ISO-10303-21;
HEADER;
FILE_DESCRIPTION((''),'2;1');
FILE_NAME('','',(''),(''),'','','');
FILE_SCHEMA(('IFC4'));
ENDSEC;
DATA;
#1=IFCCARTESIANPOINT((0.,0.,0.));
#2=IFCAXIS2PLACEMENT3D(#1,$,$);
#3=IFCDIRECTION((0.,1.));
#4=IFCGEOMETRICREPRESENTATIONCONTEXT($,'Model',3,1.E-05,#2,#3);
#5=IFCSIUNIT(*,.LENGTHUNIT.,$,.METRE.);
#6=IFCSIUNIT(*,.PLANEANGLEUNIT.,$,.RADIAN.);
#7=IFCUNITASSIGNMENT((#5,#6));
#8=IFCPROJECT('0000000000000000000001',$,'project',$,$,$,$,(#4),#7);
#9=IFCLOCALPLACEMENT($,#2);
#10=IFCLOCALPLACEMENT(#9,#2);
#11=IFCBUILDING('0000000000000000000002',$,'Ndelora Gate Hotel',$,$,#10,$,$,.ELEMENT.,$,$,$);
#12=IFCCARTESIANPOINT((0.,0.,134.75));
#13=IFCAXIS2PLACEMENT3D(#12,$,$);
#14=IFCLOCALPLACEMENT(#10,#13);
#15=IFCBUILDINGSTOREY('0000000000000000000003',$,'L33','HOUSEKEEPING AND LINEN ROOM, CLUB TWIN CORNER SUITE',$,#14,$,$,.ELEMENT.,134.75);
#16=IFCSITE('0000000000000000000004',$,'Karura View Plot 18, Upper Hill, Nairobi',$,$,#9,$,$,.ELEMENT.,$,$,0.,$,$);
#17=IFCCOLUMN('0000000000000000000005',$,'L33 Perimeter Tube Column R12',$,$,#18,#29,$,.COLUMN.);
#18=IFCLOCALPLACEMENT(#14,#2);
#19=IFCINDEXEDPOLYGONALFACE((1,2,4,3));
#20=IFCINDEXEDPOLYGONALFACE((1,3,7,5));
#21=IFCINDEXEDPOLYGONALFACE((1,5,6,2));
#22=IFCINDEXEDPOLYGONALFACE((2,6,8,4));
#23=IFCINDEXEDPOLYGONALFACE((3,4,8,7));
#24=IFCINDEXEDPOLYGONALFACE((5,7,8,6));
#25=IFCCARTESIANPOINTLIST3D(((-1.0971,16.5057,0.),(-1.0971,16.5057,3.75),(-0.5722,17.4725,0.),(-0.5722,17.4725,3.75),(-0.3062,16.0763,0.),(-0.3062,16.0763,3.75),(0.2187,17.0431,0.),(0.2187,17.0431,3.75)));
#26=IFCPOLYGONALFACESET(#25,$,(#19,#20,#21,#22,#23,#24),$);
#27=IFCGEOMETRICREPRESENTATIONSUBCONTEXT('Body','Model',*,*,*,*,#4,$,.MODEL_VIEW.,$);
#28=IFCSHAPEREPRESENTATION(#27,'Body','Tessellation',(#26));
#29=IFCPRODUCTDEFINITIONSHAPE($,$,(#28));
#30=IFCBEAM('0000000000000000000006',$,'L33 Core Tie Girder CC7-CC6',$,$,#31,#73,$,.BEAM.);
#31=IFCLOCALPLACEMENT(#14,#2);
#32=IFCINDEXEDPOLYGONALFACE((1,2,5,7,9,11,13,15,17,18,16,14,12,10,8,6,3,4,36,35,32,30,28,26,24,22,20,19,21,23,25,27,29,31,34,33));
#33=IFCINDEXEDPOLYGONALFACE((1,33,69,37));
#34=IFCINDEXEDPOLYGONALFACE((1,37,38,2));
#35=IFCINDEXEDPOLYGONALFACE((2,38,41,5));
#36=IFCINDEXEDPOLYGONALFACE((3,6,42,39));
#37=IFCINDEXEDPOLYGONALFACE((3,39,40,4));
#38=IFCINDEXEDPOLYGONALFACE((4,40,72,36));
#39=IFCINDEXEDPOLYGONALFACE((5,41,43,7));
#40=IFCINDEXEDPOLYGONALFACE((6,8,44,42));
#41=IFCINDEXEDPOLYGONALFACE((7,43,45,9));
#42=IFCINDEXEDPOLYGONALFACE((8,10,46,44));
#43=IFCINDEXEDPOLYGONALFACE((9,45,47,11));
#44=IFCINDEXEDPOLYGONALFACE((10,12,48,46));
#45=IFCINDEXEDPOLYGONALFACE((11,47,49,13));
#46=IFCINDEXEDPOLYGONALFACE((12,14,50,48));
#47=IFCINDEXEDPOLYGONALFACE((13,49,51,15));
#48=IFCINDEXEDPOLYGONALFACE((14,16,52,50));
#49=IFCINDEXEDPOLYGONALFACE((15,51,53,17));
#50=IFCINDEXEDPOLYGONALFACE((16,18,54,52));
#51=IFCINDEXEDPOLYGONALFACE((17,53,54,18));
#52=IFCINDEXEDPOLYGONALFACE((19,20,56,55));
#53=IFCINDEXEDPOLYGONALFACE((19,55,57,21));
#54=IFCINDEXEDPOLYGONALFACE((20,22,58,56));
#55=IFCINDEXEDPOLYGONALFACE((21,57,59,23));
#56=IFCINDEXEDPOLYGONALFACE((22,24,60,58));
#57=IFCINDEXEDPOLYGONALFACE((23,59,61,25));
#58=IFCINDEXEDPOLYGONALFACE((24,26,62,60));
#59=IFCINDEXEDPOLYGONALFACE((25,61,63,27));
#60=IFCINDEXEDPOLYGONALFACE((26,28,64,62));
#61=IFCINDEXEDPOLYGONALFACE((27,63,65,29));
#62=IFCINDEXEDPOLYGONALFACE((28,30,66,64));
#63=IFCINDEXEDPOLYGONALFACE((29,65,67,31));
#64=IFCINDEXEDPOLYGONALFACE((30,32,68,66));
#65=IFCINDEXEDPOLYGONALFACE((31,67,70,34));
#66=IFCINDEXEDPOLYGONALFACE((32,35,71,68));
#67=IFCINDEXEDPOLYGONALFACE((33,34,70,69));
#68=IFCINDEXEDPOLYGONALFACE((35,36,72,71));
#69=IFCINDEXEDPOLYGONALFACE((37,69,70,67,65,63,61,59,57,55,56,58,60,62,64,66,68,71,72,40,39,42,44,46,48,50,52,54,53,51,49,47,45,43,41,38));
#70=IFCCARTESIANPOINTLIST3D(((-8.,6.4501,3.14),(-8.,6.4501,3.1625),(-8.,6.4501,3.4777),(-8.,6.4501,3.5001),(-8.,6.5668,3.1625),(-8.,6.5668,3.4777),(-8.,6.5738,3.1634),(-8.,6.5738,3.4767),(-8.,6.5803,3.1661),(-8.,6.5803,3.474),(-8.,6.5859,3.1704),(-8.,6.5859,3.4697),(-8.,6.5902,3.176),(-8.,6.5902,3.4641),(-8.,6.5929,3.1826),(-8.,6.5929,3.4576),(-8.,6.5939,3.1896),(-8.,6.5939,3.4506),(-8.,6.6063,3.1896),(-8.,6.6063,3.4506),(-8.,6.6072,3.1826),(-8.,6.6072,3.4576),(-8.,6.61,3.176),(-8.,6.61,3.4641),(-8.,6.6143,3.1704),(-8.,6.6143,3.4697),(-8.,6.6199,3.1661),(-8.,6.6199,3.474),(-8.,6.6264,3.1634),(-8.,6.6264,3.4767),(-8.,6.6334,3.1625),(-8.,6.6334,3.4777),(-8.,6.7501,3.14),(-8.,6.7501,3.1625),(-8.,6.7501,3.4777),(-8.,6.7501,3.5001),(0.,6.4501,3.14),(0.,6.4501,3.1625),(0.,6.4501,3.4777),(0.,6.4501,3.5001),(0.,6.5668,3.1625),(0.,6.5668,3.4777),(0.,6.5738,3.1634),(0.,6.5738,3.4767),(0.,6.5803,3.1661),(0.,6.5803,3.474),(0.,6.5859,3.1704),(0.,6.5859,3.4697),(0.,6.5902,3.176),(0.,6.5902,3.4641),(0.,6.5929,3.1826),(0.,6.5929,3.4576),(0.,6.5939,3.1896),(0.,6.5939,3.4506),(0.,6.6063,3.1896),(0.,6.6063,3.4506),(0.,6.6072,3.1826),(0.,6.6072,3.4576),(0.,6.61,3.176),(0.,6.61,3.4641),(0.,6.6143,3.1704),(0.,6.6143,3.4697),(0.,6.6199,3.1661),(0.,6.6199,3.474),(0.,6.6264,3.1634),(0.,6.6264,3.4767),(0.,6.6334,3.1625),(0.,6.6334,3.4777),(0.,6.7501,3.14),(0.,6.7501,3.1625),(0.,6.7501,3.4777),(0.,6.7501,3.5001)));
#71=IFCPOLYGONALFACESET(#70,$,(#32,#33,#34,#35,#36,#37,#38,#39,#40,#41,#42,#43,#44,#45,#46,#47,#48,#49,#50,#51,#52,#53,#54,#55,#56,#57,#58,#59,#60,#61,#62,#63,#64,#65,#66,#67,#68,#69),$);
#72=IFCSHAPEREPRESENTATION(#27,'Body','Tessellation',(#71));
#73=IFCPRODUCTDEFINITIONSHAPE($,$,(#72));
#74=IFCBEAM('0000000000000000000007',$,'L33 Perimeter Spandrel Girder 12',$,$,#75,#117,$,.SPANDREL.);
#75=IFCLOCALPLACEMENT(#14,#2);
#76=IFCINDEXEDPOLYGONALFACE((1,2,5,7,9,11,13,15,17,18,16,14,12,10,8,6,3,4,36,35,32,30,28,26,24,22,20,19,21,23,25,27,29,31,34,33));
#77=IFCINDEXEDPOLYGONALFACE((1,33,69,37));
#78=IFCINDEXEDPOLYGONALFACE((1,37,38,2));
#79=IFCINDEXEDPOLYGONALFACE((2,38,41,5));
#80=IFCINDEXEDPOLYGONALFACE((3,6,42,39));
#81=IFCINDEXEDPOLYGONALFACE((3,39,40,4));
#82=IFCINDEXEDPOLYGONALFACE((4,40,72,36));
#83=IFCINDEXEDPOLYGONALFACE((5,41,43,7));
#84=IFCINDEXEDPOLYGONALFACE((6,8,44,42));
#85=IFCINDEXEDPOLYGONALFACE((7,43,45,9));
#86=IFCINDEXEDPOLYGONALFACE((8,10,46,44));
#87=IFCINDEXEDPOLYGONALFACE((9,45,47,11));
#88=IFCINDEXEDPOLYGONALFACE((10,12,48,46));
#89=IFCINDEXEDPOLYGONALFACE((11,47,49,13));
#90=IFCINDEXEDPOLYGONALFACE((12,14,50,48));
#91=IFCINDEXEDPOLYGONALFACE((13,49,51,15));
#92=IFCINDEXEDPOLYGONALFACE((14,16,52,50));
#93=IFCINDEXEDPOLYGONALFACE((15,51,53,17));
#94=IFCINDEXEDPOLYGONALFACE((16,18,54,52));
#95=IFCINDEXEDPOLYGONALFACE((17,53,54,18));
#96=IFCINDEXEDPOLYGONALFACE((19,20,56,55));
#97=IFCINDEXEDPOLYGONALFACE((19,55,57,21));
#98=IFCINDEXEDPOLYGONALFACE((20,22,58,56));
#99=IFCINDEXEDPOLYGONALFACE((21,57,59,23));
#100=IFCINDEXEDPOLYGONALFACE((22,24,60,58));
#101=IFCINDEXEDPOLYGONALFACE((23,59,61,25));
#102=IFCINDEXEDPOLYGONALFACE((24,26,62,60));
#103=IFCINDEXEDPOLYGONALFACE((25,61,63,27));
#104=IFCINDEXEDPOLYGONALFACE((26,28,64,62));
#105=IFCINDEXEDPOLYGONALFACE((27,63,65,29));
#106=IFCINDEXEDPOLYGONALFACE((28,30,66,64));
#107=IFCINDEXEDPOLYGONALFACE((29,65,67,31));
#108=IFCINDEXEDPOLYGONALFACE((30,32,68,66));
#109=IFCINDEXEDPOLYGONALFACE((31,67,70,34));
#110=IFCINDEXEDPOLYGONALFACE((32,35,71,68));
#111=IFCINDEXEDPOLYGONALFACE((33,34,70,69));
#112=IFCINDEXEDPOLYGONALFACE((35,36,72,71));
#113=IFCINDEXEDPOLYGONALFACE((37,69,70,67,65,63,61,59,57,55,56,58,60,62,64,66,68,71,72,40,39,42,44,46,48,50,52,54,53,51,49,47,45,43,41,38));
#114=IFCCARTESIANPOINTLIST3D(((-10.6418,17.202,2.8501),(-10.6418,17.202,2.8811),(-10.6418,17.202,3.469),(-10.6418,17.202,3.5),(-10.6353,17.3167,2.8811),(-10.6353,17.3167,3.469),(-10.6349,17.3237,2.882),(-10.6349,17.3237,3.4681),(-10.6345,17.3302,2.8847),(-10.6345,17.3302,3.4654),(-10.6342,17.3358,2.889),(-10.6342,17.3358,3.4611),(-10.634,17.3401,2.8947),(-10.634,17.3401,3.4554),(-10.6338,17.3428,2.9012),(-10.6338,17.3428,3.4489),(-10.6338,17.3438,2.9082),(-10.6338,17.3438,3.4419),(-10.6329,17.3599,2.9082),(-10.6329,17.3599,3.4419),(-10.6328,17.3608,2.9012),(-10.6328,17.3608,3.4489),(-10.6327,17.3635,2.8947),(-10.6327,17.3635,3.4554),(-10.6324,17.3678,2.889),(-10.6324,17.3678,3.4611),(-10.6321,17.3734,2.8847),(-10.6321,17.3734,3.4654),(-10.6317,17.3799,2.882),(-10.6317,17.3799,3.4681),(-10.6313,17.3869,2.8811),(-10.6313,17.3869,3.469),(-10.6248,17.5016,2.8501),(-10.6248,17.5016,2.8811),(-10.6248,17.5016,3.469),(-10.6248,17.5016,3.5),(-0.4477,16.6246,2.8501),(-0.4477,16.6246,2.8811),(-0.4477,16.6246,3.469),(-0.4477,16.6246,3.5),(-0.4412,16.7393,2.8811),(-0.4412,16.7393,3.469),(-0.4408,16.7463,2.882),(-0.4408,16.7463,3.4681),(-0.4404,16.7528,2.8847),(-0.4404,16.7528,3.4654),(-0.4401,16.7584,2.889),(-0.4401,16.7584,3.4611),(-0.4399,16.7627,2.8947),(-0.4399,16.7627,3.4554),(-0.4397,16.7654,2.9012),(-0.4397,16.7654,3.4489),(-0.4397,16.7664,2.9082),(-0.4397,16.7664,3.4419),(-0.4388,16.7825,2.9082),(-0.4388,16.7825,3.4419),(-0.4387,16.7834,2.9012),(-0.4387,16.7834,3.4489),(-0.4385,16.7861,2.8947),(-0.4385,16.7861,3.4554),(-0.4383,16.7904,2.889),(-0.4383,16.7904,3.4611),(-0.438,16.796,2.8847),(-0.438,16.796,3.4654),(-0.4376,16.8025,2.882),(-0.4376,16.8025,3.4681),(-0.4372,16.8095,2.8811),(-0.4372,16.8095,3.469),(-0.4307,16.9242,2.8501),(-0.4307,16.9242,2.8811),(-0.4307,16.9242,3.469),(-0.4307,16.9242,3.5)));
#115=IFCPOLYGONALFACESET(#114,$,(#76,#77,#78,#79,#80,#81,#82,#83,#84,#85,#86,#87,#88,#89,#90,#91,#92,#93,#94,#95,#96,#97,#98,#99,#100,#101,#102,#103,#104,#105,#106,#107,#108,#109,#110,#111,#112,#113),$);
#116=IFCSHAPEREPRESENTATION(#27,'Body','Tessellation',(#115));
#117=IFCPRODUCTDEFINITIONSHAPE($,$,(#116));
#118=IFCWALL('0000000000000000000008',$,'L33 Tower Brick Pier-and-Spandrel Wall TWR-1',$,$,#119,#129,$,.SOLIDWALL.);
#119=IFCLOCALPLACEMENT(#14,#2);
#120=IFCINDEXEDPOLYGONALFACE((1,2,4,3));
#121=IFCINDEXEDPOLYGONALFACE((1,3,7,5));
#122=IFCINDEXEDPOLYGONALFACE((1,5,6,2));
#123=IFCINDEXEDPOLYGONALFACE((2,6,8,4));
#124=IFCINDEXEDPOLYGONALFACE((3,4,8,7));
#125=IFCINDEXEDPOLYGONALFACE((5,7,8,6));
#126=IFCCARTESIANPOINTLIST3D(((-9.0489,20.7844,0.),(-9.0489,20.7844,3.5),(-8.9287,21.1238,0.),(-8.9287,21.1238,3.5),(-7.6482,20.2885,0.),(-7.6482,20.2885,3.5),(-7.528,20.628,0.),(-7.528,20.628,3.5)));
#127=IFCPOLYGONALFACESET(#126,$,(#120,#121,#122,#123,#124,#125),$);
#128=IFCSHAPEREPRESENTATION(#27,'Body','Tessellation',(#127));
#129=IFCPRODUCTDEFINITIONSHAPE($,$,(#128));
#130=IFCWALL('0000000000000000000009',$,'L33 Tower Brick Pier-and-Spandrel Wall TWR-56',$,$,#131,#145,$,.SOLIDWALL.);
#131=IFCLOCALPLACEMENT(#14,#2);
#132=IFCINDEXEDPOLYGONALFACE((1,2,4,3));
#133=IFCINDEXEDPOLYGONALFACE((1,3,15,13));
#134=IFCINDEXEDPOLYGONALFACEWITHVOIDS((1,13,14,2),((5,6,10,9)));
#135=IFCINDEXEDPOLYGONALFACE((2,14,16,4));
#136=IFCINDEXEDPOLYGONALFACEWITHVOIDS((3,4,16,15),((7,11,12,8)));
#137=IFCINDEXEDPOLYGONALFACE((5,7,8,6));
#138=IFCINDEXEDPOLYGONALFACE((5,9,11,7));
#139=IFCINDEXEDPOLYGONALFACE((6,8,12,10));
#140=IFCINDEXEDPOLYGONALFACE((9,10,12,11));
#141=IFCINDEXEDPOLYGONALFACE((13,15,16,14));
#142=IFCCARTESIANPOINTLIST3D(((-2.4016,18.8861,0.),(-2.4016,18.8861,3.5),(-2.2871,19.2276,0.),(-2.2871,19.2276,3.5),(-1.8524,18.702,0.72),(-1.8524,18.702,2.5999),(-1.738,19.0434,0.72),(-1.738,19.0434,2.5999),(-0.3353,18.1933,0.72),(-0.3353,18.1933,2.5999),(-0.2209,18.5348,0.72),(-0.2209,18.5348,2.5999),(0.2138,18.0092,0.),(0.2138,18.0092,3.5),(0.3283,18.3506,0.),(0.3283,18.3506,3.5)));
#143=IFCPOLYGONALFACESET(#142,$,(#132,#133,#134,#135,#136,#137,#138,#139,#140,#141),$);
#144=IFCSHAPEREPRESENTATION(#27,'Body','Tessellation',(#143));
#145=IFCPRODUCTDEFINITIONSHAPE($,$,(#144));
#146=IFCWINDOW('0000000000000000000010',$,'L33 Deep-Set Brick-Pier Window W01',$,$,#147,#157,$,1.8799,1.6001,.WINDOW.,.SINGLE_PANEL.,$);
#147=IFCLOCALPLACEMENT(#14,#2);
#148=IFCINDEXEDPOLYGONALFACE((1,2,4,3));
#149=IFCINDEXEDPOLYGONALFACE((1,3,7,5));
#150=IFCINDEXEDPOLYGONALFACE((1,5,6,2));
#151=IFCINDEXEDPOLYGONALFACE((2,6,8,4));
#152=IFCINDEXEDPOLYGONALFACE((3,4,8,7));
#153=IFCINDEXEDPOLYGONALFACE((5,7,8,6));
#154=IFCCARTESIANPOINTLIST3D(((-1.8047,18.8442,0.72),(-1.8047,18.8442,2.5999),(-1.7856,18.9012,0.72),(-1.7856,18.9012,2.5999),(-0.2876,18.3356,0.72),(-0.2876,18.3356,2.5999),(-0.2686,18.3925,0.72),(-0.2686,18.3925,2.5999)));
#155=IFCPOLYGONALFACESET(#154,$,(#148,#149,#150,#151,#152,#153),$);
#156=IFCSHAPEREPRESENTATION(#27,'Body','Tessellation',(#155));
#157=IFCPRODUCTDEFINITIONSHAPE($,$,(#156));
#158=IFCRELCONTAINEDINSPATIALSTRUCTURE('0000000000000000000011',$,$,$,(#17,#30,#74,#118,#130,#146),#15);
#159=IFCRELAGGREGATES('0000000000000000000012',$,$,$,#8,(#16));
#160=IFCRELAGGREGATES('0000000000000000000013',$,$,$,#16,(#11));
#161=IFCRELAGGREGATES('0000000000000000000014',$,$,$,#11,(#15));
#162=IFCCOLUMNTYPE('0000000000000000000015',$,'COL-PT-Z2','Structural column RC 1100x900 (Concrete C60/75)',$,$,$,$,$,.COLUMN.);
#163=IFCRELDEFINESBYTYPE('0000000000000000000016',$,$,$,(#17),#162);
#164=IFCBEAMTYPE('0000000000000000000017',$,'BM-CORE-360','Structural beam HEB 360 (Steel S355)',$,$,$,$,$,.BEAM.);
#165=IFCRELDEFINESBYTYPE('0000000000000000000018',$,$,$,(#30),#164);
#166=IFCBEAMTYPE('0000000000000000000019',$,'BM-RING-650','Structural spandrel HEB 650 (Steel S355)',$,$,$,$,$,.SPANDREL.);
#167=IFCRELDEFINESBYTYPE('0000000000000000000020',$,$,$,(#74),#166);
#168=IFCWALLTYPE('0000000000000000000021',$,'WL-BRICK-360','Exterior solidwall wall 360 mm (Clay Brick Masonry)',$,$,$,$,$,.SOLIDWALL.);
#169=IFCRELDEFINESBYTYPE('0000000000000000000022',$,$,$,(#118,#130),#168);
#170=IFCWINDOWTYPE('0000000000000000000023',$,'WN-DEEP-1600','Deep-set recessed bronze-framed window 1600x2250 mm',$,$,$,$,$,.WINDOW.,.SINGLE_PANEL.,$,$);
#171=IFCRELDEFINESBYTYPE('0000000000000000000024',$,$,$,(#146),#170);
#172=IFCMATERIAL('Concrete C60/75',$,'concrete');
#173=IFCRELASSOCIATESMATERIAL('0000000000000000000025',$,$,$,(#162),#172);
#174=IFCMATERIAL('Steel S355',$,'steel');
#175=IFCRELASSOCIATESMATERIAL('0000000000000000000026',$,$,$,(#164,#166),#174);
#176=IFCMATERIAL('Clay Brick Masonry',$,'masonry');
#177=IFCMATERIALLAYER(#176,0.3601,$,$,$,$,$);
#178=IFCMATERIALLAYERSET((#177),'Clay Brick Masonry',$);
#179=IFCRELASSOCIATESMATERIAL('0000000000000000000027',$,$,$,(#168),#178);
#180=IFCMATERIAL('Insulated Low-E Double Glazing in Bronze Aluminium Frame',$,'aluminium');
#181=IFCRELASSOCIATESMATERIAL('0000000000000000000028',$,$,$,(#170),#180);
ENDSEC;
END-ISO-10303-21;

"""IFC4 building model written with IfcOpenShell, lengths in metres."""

from ifc_helpers import new_model, si_unit, direction, frame, frame_2d, origin, origin_2d, place, context, subcontext, project, spatial, rectangle, i_section, extrude, material, layer, layer_set, material_profile, profile_set, type_object, element, fill, save


model = new_model("IFC4")

# Units and contexts
model_context = context("Model", 3, precision=1e-05, world=origin(), true_north=direction((0.0, 1.0)))
body_context = subcontext(model_context, "Body", "Model", "MODEL_VIEW")
ifc_project = project(units=[si_unit("LENGTHUNIT", "METRE"), si_unit("PLANEANGLEUNIT", "RADIAN")], contexts=[model_context])

# Site, building, storey
site_placement = place(None, origin())
site = spatial("IfcSite", under=ifc_project, at=site_placement, Name="Karura View Plot 18, Upper Hill, Nairobi", CompositionType="ELEMENT", RefElevation=0.0)
building_placement = place(site_placement, origin())
building = spatial("IfcBuilding", under=site, at=building_placement, Name="Ndelora Gate Hotel", CompositionType="ELEMENT")
storey_placement = place(building_placement, frame((0.0, 0.0, 134.75)))
storey = spatial("IfcBuildingStorey", under=building, at=storey_placement, Name="L33", Description="HOUSEKEEPING AND LINEN ROOM, CLUB TWIN CORNER SUITE", CompositionType="ELEMENT", Elevation=134.75)

# Column
ifc_material_1 = material(Name="Concrete C60/75", Category="concrete")
ifc_material_profile_1 = material_profile(ifc_material_1, rectangle(XDim=0.8999, YDim=1.1001, at=origin_2d()), Name="RC 1100x900")
ifc_profile_set_1 = profile_set([ifc_material_profile_1], Name="Concrete C60/75")
column_type = type_object("IfcColumnType", Name="COL-PT-Z2", Description="Structural column RC 1100x900 (Concrete C60/75)", PredefinedType="COLUMN", material=ifc_profile_set_1)
column_placement = place(storey_placement, frame((-0.4392, 16.7744, 0.0), z_axis=(0.0, 0.0, 1.0), x_axis=(-0.878817, 0.477159, 0.0)))
element("IfcColumn", 1, at=column_placement, inside=storey, type_object=column_type, Name="L33 Perimeter Tube Column R12", PredefinedType="COLUMN", context=body_context, shape_type="SweptSolid", body=[
    extrude(rectangle(XDim=0.8999, YDim=1.1001, at=origin_2d()), origin(), (0.0, 0.0, 1.0), 3.75),
])

# Beams
ifc_material_2 = material(Name="Steel S355", Category="steel")
ifc_material_profile_2 = material_profile(ifc_material_2, i_section(OverallWidth=0.3, OverallDepth=0.3601, WebThickness=0.0125, FlangeThickness=0.0225, FilletRadius=0.0271, at=origin_2d()), Name="HEB 360")
ifc_profile_set_2 = profile_set([ifc_material_profile_2], Name="Steel S355")
beam_type_1 = type_object("IfcBeamType", Name="BM-CORE-360", Description="Structural beam HEB 360 (Steel S355)", PredefinedType="BEAM", material=ifc_profile_set_2)
beam_1_placement = place(storey_placement, frame((-8.0, 6.6001, 3.3201), z_axis=(1.0, 0.0, 0.0), x_axis=(0.0, 1.0, 0.0)))
element("IfcBeam", 2, at=beam_1_placement, inside=storey, type_object=beam_type_1, Name="L33 Core Tie Girder CC7-CC6", PredefinedType="BEAM", context=body_context, shape_type="SweptSolid", body=[
    extrude(i_section(OverallWidth=0.3, OverallDepth=0.3601, WebThickness=0.0125, FlangeThickness=0.0225, FilletRadius=0.0271, at=origin_2d()), origin(), (0.0, 0.0, 1.0), 8.0),
])
ifc_material_profile_3 = material_profile(ifc_material_2, i_section(OverallWidth=0.3, OverallDepth=0.6499, WebThickness=0.0161, FlangeThickness=0.031, FilletRadius=0.0271, at=origin_2d()), Name="HEB 650")
ifc_profile_set_3 = profile_set([ifc_material_profile_3], Name="Steel S355")
beam_type_2 = type_object("IfcBeamType", Name="BM-RING-650", Description="Structural spandrel HEB 650 (Steel S355)", PredefinedType="SPANDREL", material=ifc_profile_set_3)
beam_2_placement = place(storey_placement, frame((-0.4392, 16.7744, 3.175), z_axis=(-0.9984, 0.056549, 0.0), x_axis=(-0.056549, -0.9984, 0.0)))
element("IfcBeam", 3, at=beam_2_placement, inside=storey, type_object=beam_type_2, Name="L33 Perimeter Spandrel Girder 12", PredefinedType="SPANDREL", context=body_context, shape_type="SweptSolid", body=[
    extrude(i_section(OverallWidth=0.3, OverallDepth=0.6499, WebThickness=0.0161, FlangeThickness=0.031, FilletRadius=0.0271, at=origin_2d()), origin(), (0.0, 0.0, 1.0), 10.2104),
])

# Wall
ifc_material_3 = material(Name="Clay Brick Masonry", Category="masonry")
ifc_layer_1 = layer(ifc_material_3, 0.3601)
ifc_layer_set_1 = layer_set([ifc_layer_1], Name="Clay Brick Masonry")
wall_type_1 = type_object("IfcWallType", Name="WL-BRICK-360", Description="Exterior solidwall wall 360 mm (Clay Brick Masonry)", PredefinedType="SOLIDWALL", material=ifc_layer_set_1)
wall_1_placement = place(storey_placement, frame((-8.9888, 20.9541, 0.0), z_axis=(0.0, 0.0, 1.0), x_axis=(0.942671, -0.333722, 0.0)))
element("IfcWall", 4, at=wall_1_placement, inside=storey, type_object=wall_type_1, Name="L33 Tower Brick Pier-and-Spandrel Wall TWR-1", PredefinedType="SOLIDWALL", context=body_context, shape_type="SweptSolid", body=[
    extrude(rectangle(XDim=1.4858, YDim=0.3601, at=frame_2d((0.7429, 0.0))), origin(), (0.0, 0.0, 1.0), 3.5),
])

# Wall, opening, window
wall_2_placement = place(storey_placement, frame((-2.3445, 19.0569, 0.0), z_axis=(0.0, 0.0, 1.0), x_axis=(0.948124, -0.3179, 0.0)))
wall_2 = element("IfcWall", 5, at=wall_2_placement, inside=storey, type_object=wall_type_1, Name="L33 Tower Brick Pier-and-Spandrel Wall TWR-56", PredefinedType="SOLIDWALL", context=body_context, shape_type="SweptSolid", body=[
    extrude(rectangle(XDim=2.7585, YDim=0.3601, at=frame_2d((1.3794, 0.0))), origin(), (0.0, 0.0, 1.0), 3.5),
])
opening_1_placement = place(wall_2_placement, frame((0.5793, 0.0, 0.72)))
opening_1 = element("IfcOpeningElement", 6, at=opening_1_placement, cuts=wall_2, PredefinedType="OPENING", context=body_context, shape_type="SweptSolid", body=[
    extrude(rectangle(XDim=1.6001, YDim=1.8799, at=frame_2d((0.8, 0.9399))), frame((0.0, 0.1899, 0.0), z_axis=(0.0, -1.0, 0.0), x_axis=(1.0, 0.0, 0.0)), (0.0, 0.0, 1.0), 0.3801),
])
ifc_material_4 = material(Name="Insulated Low-E Double Glazing in Bronze Aluminium Frame", Category="aluminium")
window_type_1 = type_object("IfcWindowType", Name="WN-DEEP-1600", Description="Deep-set recessed bronze-framed window 1600x2250 mm", PartitioningType="SINGLE_PANEL", PredefinedType="WINDOW", material=ifc_material_4)
window_1_placement = place(opening_1_placement, origin())
window_1 = element("IfcWindow", 7, at=window_1_placement, inside=storey, type_object=window_type_1, Name="L33 Deep-Set Brick-Pier Window W01", OverallHeight=1.8799, OverallWidth=1.6001, PartitioningType="SINGLE_PANEL", PredefinedType="WINDOW", context=body_context, shape_type="SweptSolid", body=[
    extrude(rectangle(XDim=1.6001, YDim=1.8799, at=frame_2d((0.8, 0.9399))), frame((0.0, 0.03, 0.0), z_axis=(0.0, -1.0, 0.0), x_axis=(1.0, 0.0, 0.0)), (0.0, 0.0, 1.0), 0.0601),
])
fill(opening_1, window_1)

save(model, "model.ifc")
